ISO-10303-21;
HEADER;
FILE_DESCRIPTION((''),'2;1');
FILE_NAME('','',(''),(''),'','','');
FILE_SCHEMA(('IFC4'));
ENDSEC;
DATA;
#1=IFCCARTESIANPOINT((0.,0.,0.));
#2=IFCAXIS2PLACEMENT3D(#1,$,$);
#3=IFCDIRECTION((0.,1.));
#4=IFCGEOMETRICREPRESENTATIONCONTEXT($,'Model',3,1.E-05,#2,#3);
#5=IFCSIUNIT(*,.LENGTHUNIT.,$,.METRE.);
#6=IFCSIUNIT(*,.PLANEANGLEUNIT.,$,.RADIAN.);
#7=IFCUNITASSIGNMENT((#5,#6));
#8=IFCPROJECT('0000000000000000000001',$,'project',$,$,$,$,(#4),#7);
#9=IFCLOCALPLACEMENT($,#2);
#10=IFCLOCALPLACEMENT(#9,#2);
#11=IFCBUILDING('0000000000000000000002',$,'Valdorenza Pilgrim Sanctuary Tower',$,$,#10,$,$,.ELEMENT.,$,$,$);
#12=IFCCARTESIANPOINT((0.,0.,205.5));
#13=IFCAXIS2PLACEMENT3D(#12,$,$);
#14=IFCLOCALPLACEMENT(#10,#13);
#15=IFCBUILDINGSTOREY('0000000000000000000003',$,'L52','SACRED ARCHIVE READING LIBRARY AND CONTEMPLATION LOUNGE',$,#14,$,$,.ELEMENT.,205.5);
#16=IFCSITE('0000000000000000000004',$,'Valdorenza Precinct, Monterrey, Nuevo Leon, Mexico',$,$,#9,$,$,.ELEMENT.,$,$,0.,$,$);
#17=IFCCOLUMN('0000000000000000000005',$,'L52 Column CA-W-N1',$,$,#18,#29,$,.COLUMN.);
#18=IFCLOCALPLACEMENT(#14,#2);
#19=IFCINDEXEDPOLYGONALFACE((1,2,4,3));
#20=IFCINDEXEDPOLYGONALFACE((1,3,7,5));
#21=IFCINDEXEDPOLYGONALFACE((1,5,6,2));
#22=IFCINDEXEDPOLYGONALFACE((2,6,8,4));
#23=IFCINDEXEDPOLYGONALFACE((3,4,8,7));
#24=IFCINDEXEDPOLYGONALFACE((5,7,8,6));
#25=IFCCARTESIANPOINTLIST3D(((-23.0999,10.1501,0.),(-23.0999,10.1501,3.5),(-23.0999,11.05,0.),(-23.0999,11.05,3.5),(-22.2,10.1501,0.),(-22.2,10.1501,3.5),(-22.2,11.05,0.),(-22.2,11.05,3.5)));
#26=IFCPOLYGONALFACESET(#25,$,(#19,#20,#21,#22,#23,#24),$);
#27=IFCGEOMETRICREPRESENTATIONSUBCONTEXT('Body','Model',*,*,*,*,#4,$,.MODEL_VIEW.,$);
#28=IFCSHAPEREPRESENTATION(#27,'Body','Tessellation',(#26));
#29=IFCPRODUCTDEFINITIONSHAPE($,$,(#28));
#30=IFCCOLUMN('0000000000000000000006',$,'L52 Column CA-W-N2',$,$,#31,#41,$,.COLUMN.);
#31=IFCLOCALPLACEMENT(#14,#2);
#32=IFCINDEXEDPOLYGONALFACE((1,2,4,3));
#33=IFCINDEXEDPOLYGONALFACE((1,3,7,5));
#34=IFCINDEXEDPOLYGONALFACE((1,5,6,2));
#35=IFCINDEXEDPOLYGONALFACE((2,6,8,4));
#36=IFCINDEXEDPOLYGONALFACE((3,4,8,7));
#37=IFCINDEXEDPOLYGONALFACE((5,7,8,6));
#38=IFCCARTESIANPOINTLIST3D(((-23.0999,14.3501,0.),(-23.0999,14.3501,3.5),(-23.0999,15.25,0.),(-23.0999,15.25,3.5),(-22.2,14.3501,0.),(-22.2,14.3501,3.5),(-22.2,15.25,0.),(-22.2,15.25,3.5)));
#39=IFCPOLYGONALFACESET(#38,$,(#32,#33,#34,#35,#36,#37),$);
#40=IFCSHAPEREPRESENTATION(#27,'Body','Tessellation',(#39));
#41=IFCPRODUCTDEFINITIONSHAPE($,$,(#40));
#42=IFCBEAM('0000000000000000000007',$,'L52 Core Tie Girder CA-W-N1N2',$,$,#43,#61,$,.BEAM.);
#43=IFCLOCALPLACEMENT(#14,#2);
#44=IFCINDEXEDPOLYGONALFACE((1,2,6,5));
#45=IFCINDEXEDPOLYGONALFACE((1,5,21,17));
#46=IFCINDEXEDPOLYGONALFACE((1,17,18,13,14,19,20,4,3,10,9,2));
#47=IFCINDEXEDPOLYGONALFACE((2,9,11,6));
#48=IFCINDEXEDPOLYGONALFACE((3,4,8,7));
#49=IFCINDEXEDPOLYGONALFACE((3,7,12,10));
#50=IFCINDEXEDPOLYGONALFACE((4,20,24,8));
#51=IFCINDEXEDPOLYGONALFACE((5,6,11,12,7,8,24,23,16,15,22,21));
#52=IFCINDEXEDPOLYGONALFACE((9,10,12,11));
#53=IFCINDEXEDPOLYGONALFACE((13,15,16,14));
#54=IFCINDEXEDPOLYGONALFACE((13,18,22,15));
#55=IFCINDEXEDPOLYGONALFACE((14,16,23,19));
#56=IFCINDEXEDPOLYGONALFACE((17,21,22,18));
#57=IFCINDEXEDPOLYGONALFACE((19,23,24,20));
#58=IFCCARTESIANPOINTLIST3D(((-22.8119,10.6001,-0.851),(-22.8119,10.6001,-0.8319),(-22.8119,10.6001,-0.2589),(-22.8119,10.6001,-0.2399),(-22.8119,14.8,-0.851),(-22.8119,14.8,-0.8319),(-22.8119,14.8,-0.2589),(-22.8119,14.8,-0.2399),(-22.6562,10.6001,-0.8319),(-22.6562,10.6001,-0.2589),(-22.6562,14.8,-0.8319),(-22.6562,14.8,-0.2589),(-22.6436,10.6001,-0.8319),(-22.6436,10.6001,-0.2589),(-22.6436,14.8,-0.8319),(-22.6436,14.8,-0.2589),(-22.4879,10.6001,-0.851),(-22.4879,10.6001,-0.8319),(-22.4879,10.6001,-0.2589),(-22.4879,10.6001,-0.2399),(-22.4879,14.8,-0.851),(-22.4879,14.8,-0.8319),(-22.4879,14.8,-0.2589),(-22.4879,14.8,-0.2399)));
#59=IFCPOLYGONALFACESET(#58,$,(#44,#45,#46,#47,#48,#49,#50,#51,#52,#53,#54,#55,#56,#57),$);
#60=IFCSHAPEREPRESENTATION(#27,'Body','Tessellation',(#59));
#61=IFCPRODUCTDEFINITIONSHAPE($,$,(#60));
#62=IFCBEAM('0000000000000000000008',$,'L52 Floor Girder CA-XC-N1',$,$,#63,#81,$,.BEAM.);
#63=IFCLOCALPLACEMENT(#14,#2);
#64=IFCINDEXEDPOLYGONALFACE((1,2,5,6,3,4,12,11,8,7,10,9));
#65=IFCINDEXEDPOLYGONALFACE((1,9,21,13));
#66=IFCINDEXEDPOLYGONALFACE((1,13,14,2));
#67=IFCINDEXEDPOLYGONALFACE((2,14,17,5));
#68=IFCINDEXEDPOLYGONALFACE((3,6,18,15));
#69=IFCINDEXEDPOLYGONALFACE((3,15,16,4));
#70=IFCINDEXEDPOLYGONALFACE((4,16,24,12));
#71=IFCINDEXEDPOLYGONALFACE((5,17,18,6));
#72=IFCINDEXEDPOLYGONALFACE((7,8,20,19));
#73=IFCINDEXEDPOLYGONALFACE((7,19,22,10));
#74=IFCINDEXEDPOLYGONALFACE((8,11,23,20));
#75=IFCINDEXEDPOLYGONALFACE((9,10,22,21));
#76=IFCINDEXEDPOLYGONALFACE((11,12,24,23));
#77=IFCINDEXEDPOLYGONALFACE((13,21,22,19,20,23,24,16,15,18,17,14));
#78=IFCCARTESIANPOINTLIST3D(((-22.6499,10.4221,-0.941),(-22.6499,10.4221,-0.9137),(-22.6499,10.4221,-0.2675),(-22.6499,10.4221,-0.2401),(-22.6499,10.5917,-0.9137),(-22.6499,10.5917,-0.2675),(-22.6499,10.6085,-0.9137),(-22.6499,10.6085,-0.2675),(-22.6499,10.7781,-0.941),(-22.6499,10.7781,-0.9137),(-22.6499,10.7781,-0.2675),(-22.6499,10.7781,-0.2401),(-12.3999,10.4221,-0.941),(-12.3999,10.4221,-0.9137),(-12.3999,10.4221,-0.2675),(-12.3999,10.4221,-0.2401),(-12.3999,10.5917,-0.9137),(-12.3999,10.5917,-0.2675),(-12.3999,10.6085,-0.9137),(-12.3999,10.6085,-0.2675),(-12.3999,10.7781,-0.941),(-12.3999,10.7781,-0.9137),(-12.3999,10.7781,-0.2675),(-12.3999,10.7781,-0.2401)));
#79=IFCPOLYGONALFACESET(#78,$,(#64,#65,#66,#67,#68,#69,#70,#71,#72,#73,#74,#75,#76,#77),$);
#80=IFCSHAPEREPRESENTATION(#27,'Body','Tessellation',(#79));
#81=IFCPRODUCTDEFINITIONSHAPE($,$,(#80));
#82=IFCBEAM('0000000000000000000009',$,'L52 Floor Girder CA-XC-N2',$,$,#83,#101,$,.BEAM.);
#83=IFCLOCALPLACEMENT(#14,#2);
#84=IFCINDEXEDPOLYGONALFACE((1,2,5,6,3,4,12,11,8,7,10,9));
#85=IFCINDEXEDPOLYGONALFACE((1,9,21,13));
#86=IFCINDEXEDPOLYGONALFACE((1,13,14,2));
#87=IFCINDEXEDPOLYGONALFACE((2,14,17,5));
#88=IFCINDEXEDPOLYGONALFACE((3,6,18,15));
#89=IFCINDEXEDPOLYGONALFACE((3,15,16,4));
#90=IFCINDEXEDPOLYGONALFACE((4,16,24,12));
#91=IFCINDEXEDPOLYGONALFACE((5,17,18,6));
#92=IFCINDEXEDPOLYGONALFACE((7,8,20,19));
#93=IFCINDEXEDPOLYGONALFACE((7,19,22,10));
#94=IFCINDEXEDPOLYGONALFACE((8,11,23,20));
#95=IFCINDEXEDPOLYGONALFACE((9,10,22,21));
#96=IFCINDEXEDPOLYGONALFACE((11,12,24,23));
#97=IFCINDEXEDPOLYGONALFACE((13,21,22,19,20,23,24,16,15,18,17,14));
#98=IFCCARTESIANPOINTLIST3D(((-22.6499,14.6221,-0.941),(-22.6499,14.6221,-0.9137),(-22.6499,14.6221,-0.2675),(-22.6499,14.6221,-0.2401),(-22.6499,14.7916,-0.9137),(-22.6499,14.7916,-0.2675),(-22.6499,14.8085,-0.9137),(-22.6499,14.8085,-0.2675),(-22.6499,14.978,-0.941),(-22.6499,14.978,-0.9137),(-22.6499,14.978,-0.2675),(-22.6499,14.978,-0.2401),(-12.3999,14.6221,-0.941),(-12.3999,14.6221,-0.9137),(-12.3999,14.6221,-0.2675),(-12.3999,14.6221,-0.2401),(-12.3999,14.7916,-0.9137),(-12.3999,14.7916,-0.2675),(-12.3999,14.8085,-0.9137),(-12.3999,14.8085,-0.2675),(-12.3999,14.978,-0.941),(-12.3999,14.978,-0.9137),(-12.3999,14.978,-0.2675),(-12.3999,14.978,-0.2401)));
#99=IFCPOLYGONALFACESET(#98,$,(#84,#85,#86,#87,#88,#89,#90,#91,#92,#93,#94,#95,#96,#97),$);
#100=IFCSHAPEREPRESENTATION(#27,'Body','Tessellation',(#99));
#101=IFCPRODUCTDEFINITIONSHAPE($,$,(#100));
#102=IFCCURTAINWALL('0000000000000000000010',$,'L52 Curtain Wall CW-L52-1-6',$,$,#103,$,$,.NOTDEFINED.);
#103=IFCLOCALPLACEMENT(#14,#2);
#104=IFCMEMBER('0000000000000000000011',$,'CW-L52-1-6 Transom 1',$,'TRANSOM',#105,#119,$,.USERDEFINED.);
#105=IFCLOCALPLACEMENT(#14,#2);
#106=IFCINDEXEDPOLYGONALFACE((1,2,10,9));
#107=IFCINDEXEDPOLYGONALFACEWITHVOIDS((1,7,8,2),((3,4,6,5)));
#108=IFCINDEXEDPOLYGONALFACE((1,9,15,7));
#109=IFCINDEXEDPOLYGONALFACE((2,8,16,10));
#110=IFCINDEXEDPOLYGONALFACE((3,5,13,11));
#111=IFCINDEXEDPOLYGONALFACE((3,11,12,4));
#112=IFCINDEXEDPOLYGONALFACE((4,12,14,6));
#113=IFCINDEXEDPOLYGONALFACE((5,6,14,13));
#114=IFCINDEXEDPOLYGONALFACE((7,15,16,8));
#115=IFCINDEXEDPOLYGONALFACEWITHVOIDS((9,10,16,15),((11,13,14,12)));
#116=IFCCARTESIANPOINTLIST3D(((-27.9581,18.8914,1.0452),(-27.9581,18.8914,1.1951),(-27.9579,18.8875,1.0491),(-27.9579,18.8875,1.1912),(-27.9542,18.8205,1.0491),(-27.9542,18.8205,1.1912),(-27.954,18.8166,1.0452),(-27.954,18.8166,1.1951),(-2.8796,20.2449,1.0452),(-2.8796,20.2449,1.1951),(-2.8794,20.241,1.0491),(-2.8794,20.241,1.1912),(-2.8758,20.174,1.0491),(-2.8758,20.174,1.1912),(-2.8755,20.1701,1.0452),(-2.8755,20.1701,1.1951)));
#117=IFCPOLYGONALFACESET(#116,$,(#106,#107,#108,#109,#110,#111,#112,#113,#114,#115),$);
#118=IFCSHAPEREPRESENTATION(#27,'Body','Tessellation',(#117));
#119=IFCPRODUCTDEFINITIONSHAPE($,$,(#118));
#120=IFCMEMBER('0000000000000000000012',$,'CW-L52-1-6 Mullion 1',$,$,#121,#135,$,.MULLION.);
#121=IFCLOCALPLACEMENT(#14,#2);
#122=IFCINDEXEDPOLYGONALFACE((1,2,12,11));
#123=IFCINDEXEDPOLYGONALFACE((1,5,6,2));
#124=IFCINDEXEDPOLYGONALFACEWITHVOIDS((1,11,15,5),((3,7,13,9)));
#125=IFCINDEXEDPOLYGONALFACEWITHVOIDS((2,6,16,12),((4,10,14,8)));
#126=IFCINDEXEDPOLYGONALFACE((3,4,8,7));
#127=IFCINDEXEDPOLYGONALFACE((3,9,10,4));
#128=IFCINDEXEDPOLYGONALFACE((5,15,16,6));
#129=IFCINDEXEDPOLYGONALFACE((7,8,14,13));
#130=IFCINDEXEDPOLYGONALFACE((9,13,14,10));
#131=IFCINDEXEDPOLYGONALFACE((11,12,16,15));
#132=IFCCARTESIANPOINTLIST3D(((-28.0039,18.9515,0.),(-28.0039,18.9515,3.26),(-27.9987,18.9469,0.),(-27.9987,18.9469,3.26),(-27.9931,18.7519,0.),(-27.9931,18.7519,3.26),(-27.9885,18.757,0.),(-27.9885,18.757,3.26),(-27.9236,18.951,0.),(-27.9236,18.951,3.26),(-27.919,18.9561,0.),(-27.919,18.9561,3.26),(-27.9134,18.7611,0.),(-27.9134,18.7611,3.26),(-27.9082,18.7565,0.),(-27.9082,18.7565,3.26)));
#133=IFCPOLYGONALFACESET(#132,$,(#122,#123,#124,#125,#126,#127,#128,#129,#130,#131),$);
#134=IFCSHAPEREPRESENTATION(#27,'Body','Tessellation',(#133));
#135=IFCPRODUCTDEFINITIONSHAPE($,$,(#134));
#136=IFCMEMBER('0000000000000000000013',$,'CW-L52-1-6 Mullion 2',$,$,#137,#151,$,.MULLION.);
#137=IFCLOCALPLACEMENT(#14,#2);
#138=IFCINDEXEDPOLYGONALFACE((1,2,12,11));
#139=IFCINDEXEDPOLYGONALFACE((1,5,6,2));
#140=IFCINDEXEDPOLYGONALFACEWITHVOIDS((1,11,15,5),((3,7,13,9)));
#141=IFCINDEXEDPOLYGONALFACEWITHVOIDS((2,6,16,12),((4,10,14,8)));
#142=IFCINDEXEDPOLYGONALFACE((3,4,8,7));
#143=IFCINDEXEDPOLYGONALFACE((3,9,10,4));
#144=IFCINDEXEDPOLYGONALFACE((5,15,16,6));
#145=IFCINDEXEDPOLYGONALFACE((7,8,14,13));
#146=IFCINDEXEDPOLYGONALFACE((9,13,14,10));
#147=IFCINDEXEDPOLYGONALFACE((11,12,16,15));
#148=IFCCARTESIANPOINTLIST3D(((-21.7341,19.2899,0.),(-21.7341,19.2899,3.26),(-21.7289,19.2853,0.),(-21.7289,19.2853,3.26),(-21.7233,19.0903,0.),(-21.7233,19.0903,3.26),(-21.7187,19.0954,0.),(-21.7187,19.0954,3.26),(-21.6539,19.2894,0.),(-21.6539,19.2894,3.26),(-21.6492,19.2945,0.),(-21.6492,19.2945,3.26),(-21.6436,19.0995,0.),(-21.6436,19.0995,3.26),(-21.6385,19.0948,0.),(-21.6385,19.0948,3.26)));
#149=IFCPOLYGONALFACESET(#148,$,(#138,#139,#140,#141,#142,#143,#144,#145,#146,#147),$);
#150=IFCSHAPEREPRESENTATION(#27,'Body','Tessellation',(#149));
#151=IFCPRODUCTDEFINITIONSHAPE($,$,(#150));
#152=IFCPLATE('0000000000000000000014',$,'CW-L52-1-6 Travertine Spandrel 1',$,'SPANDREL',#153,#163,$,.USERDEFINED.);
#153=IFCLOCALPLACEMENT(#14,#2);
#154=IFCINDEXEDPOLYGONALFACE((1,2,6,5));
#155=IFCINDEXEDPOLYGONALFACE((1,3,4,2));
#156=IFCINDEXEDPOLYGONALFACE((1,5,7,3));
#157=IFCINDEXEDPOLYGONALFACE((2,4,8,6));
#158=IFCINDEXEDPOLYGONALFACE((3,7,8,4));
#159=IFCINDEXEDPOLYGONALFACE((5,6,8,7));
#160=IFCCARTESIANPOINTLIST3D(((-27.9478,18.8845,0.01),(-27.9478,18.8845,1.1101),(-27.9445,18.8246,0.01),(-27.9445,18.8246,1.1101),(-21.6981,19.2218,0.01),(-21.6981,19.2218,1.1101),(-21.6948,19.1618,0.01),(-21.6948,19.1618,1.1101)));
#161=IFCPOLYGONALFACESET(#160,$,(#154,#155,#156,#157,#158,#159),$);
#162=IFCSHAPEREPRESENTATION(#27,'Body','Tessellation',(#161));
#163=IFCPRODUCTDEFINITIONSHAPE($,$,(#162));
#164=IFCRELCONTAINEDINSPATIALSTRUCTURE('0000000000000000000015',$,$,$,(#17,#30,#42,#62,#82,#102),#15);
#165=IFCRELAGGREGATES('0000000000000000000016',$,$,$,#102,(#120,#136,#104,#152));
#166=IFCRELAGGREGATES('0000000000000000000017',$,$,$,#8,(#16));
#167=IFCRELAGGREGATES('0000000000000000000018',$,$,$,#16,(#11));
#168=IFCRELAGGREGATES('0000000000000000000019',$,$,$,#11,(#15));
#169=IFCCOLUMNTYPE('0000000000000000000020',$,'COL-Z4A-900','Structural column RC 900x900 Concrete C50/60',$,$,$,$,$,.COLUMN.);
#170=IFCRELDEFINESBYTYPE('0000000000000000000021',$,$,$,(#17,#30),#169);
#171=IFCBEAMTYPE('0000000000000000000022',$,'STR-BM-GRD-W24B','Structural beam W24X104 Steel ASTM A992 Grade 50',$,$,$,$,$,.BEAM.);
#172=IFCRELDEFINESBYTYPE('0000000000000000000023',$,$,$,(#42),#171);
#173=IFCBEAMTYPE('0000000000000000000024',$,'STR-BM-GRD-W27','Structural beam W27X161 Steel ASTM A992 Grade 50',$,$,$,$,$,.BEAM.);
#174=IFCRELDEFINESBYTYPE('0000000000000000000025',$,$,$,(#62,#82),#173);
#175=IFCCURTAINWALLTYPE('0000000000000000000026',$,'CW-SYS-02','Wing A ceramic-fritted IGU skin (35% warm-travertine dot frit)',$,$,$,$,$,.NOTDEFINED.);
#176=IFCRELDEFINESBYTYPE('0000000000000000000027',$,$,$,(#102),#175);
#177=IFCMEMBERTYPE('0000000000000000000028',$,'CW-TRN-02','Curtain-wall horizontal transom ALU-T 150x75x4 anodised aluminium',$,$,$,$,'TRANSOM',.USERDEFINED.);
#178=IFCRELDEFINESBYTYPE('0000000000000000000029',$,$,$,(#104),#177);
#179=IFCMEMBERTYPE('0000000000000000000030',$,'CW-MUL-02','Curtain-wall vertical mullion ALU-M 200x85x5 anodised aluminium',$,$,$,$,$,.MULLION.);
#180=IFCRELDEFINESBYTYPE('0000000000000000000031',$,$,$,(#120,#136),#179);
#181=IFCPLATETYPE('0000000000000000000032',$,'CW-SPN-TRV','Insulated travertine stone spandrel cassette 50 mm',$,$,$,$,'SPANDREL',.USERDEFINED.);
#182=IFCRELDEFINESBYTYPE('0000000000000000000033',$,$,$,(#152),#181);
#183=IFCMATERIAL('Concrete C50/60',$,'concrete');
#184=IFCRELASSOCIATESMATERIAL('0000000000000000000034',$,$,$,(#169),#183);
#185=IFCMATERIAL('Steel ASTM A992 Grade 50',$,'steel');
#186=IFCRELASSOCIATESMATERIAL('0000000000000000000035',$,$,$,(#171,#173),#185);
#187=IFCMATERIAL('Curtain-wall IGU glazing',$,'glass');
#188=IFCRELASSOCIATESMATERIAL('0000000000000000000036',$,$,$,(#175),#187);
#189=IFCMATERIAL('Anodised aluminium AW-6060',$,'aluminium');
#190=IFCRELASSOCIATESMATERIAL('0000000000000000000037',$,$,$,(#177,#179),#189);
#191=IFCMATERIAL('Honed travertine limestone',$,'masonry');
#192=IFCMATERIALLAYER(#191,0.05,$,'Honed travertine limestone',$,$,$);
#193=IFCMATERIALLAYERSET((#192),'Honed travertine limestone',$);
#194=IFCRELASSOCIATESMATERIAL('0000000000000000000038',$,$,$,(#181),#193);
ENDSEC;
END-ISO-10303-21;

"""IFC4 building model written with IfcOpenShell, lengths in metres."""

from ifc_helpers import new_model, si_unit, direction, frame, origin, origin_2d, place, context, subcontext, project, spatial, rectangle, hollow_rectangle, i_section, extrude, source, transform, mapped, material, layer, layer_set, material_profile, profile_set, type_object, element, aggregate, save


model = new_model("IFC4")

# Units and contexts
model_context = context("Model", 3, precision=1e-05, world=origin(), true_north=direction((0.0, 1.0)))
body_context = subcontext(model_context, "Body", "Model", "MODEL_VIEW")
ifc_project = project(units=[si_unit("LENGTHUNIT", "METRE"), si_unit("PLANEANGLEUNIT", "RADIAN")], contexts=[model_context])

# Site, building, storey
site_placement = place(None, origin())
site = spatial("IfcSite", under=ifc_project, at=site_placement, Name="Valdorenza Precinct, Monterrey, Nuevo Leon, Mexico", CompositionType="ELEMENT", RefElevation=0.0)
building_placement = place(site_placement, origin())
building = spatial("IfcBuilding", under=site, at=building_placement, Name="Valdorenza Pilgrim Sanctuary Tower", CompositionType="ELEMENT")
storey_placement = place(building_placement, frame((0.0, 0.0, 205.5)))
storey = spatial("IfcBuildingStorey", under=building, at=storey_placement, Name="L52", Description="SACRED ARCHIVE READING LIBRARY AND CONTEMPLATION LOUNGE", CompositionType="ELEMENT", Elevation=205.5)

# Columns
ifc_material_1 = material(Name="Concrete C50/60", Category="concrete")
ifc_material_profile_1 = material_profile(ifc_material_1, rectangle(XDim=0.8999, YDim=0.8999, at=origin_2d()), Name="RC 900x900")
ifc_profile_set_1 = profile_set([ifc_material_profile_1], Name="Concrete C50/60")
column_type = type_object("IfcColumnType", Name="COL-Z4A-900", Description="Structural column RC 900x900 Concrete C50/60", PredefinedType="COLUMN", material=ifc_profile_set_1)
shared_shape_1 = source(origin(), body_context, "Body", "SweptSolid", [
    extrude(rectangle(XDim=0.8999, YDim=0.8999, at=origin_2d()), origin(), (0.0, 0.0, 1.0), 3.5),
])
for number, where, z_axis, x_axis, name in (
    (1, (-22.6499, 10.6001, 0.0), (0.0, 0.0, 1.0), (1.0, 0.0, 0.0), "L52 Column CA-W-N1"),
    (2, (-22.6499, 14.8, 0.0), (0.0, 0.0, 1.0), (1.0, 0.0, 0.0), "L52 Column CA-W-N2"),
):
    element("IfcColumn", number, at=place(storey_placement, frame(where, z_axis=z_axis, x_axis=x_axis)), inside=storey, type_object=column_type, Name=name, PredefinedType="COLUMN", context=body_context, shape_type="MappedRepresentation", body=[
        mapped(shared_shape_1, transform((0.0, 0.0, 0.0), x_axis=(1.0, 0.0, 0.0), y_axis=(0.0, 1.0, 0.0), z_axis=(0.0, 0.0, 1.0), scale=1.0)),
    ])

# Beams
ifc_material_2 = material(Name="Steel ASTM A992 Grade 50", Category="steel")
ifc_material_profile_2 = material_profile(ifc_material_2, i_section(OverallWidth=0.324, OverallDepth=0.6111, WebThickness=0.0127, FlangeThickness=0.019, at=origin_2d()), Name="W24X104")
ifc_profile_set_2 = profile_set([ifc_material_profile_2], Name="Steel ASTM A992 Grade 50")
beam_type_1 = type_object("IfcBeamType", Name="STR-BM-GRD-W24B", Description="Structural beam W24X104 Steel ASTM A992 Grade 50", PredefinedType="BEAM", material=ifc_profile_set_2)
shared_shape_2 = source(origin(), body_context, "Body", "SweptSolid", [
    extrude(i_section(OverallWidth=0.324, OverallDepth=0.6111, WebThickness=0.0127, FlangeThickness=0.019, at=origin_2d()), origin(), (0.0, 0.0, 1.0), 4.2),
])
beam_placement = place(storey_placement, frame((-22.6499, 10.6001, -0.5454), z_axis=(0.0, 1.0, 0.0), x_axis=(-1.0, 0.0, 0.0)))
element("IfcBeam", 3, at=beam_placement, inside=storey, type_object=beam_type_1, Name="L52 Core Tie Girder CA-W-N1N2", PredefinedType="BEAM", context=body_context, shape_type="MappedRepresentation", body=[
    mapped(shared_shape_2, transform((0.0, 0.0, 0.0), x_axis=(1.0, 0.0, 0.0), y_axis=(0.0, 1.0, 0.0), z_axis=(0.0, 0.0, 1.0), scale=1.0)),
])
ifc_material_profile_3 = material_profile(ifc_material_2, i_section(OverallWidth=0.356, OverallDepth=0.7009, WebThickness=0.0168, FlangeThickness=0.0273, at=origin_2d()), Name="W27X161")
ifc_profile_set_3 = profile_set([ifc_material_profile_3], Name="Steel ASTM A992 Grade 50")
beam_type_2 = type_object("IfcBeamType", Name="STR-BM-GRD-W27", Description="Structural beam W27X161 Steel ASTM A992 Grade 50", PredefinedType="BEAM", material=ifc_profile_set_3)
shared_shape_3 = source(origin(), body_context, "Body", "SweptSolid", [
    extrude(i_section(OverallWidth=0.356, OverallDepth=0.7009, WebThickness=0.0168, FlangeThickness=0.0273, at=origin_2d()), origin(), (0.0, 0.0, 1.0), 10.25),
])
for number, where, z_axis, x_axis, name in (
    (4, (-22.6499, 10.6001, -0.5906), (1.0, 0.0, 0.0), (0.0, 1.0, 0.0), "L52 Floor Girder CA-XC-N1"),
    (5, (-22.6499, 14.8, -0.5906), (1.0, 0.0, 0.0), (0.0, 1.0, 0.0), "L52 Floor Girder CA-XC-N2"),
):
    element("IfcBeam", number, at=place(storey_placement, frame(where, z_axis=z_axis, x_axis=x_axis)), inside=storey, type_object=beam_type_2, Name=name, PredefinedType="BEAM", context=body_context, shape_type="MappedRepresentation", body=[
        mapped(shared_shape_3, transform((0.0, 0.0, 0.0), x_axis=(1.0, 0.0, 0.0), y_axis=(0.0, 1.0, 0.0), z_axis=(0.0, 0.0, 1.0), scale=1.0)),
    ])

# Curtain wall, members, plate
ifc_material_3 = material(Name="Curtain-wall IGU glazing", Category="glass")
curtain_wall_type = type_object("IfcCurtainWallType", Name="CW-SYS-02", Description="Wing A ceramic-fritted IGU skin (35% warm-travertine dot frit)", PredefinedType="NOTDEFINED", material=ifc_material_3)
curtain_wall_placement = place(storey_placement, origin())
curtain_wall = element("IfcCurtainWall", 6, at=curtain_wall_placement, inside=storey, type_object=curtain_wall_type, Name="L52 Curtain Wall CW-L52-1-6", PredefinedType="NOTDEFINED")
ifc_material_4 = material(Name="Anodised aluminium AW-6060", Category="aluminium")
ifc_material_profile_4 = material_profile(ifc_material_4, hollow_rectangle(XDim=0.075, YDim=0.1499, WallThickness=0.0039, at=origin_2d()), Name="ALU-T 150x75x4")
ifc_profile_set_4 = profile_set([ifc_material_profile_4], Name="Anodised aluminium AW-6060")
member_type_1 = type_object("IfcMemberType", Name="CW-TRN-02", Description="Curtain-wall horizontal transom ALU-T 150x75x4 anodised aluminium", ElementType="TRANSOM", PredefinedType="USERDEFINED", material=ifc_profile_set_4)
shared_shape_4 = source(origin(), body_context, "Body", "SweptSolid", [
    extrude(hollow_rectangle(XDim=0.075, YDim=0.1499, WallThickness=0.0039, at=origin_2d()), origin(), (0.0, 0.0, 1.0), 25.115),
])
member_1_placement = place(storey_placement, frame((-27.9561, 18.854, 1.1201), z_axis=(0.998547, 0.053893, 0.0), x_axis=(-0.053893, 0.998547, 0.0)))
member_1 = element("IfcMember", 7, at=member_1_placement, type_object=member_type_1, Name="CW-L52-1-6 Transom 1", ObjectType="TRANSOM", PredefinedType="USERDEFINED", context=body_context, shape_type="MappedRepresentation", body=[
    mapped(shared_shape_4, transform((0.0, 0.0, 0.0), x_axis=(1.0, 0.0, 0.0), y_axis=(0.0, 1.0, 0.0), z_axis=(0.0, 0.0, 1.0), scale=1.0)),
])
ifc_material_profile_5 = material_profile(ifc_material_4, hollow_rectangle(XDim=0.085, YDim=0.2, WallThickness=0.0049, at=origin_2d()), Name="ALU-M 200x85x5")
ifc_profile_set_5 = profile_set([ifc_material_profile_5], Name="Anodised aluminium AW-6060")
member_type_2 = type_object("IfcMemberType", Name="CW-MUL-02", Description="Curtain-wall vertical mullion ALU-M 200x85x5 anodised aluminium", PredefinedType="MULLION", material=ifc_profile_set_5)
shared_shape_5 = source(origin(), body_context, "Body", "SweptSolid", [
    extrude(hollow_rectangle(XDim=0.085, YDim=0.2, WallThickness=0.0049, at=origin_2d()), origin(), (0.0, 0.0, 1.0), 3.26),
])
member_2_placement = place(storey_placement, frame((-27.9561, 18.854, 0.0), z_axis=(0.0, 0.0, 1.0), x_axis=(0.998547, 0.053887, 0.0)))
member_2 = element("IfcMember", 8, at=member_2_placement, type_object=member_type_2, Name="CW-L52-1-6 Mullion 1", PredefinedType="MULLION", context=body_context, shape_type="MappedRepresentation", body=[
    mapped(shared_shape_5, transform((0.0, 0.0, 0.0), x_axis=(1.0, 0.0, 0.0), y_axis=(0.0, 1.0, 0.0), z_axis=(0.0, 0.0, 1.0), scale=1.0)),
])
member_3_placement = place(storey_placement, frame((-21.6863, 19.1924, 0.0), z_axis=(0.0, 0.0, 1.0), x_axis=(0.998547, 0.053887, 0.0)))
member_3 = element("IfcMember", 9, at=member_3_placement, type_object=member_type_2, Name="CW-L52-1-6 Mullion 2", PredefinedType="MULLION", context=body_context, shape_type="MappedRepresentation", body=[
    mapped(shared_shape_5, transform((0.0, 0.0, 0.0), x_axis=(1.0, 0.0, 0.0), y_axis=(0.0, 1.0, 0.0), z_axis=(0.0, 0.0, 1.0), scale=1.0)),
])
ifc_material_5 = material(Name="Honed travertine limestone", Category="masonry")
ifc_layer_1 = layer(ifc_material_5, 0.05, Name="Honed travertine limestone")
ifc_layer_set_1 = layer_set([ifc_layer_1], Name="Honed travertine limestone")
plate_type_1 = type_object("IfcPlateType", Name="CW-SPN-TRV", Description="Insulated travertine stone spandrel cassette 50 mm", ElementType="SPANDREL", PredefinedType="USERDEFINED", material=ifc_layer_set_1)
shared_shape_6 = source(origin(), body_context, "Body", "SweptSolid", [
    extrude(rectangle(XDim=6.2588, YDim=0.0601, at=origin_2d()), origin(), (0.0, 0.0, 1.0), 1.1001),
])
plate_1_placement = place(storey_placement, frame((-24.8213, 19.0232, 0.01), z_axis=(0.0, 0.0, 1.0), x_axis=(0.998547, 0.053887, 0.0)))
plate_1 = element("IfcPlate", 10, at=plate_1_placement, type_object=plate_type_1, Name="CW-L52-1-6 Travertine Spandrel 1", ObjectType="SPANDREL", PredefinedType="USERDEFINED", context=body_context, shape_type="MappedRepresentation", body=[
    mapped(shared_shape_6, transform((0.0, 0.0, 0.0), x_axis=(1.0, 0.0, 0.0), y_axis=(0.0, 1.0, 0.0), z_axis=(0.0, 0.0, 1.0), scale=1.0)),
])
aggregate(curtain_wall, [member_2, member_3, member_1, plate_1])

save(model, "model.ifc")
